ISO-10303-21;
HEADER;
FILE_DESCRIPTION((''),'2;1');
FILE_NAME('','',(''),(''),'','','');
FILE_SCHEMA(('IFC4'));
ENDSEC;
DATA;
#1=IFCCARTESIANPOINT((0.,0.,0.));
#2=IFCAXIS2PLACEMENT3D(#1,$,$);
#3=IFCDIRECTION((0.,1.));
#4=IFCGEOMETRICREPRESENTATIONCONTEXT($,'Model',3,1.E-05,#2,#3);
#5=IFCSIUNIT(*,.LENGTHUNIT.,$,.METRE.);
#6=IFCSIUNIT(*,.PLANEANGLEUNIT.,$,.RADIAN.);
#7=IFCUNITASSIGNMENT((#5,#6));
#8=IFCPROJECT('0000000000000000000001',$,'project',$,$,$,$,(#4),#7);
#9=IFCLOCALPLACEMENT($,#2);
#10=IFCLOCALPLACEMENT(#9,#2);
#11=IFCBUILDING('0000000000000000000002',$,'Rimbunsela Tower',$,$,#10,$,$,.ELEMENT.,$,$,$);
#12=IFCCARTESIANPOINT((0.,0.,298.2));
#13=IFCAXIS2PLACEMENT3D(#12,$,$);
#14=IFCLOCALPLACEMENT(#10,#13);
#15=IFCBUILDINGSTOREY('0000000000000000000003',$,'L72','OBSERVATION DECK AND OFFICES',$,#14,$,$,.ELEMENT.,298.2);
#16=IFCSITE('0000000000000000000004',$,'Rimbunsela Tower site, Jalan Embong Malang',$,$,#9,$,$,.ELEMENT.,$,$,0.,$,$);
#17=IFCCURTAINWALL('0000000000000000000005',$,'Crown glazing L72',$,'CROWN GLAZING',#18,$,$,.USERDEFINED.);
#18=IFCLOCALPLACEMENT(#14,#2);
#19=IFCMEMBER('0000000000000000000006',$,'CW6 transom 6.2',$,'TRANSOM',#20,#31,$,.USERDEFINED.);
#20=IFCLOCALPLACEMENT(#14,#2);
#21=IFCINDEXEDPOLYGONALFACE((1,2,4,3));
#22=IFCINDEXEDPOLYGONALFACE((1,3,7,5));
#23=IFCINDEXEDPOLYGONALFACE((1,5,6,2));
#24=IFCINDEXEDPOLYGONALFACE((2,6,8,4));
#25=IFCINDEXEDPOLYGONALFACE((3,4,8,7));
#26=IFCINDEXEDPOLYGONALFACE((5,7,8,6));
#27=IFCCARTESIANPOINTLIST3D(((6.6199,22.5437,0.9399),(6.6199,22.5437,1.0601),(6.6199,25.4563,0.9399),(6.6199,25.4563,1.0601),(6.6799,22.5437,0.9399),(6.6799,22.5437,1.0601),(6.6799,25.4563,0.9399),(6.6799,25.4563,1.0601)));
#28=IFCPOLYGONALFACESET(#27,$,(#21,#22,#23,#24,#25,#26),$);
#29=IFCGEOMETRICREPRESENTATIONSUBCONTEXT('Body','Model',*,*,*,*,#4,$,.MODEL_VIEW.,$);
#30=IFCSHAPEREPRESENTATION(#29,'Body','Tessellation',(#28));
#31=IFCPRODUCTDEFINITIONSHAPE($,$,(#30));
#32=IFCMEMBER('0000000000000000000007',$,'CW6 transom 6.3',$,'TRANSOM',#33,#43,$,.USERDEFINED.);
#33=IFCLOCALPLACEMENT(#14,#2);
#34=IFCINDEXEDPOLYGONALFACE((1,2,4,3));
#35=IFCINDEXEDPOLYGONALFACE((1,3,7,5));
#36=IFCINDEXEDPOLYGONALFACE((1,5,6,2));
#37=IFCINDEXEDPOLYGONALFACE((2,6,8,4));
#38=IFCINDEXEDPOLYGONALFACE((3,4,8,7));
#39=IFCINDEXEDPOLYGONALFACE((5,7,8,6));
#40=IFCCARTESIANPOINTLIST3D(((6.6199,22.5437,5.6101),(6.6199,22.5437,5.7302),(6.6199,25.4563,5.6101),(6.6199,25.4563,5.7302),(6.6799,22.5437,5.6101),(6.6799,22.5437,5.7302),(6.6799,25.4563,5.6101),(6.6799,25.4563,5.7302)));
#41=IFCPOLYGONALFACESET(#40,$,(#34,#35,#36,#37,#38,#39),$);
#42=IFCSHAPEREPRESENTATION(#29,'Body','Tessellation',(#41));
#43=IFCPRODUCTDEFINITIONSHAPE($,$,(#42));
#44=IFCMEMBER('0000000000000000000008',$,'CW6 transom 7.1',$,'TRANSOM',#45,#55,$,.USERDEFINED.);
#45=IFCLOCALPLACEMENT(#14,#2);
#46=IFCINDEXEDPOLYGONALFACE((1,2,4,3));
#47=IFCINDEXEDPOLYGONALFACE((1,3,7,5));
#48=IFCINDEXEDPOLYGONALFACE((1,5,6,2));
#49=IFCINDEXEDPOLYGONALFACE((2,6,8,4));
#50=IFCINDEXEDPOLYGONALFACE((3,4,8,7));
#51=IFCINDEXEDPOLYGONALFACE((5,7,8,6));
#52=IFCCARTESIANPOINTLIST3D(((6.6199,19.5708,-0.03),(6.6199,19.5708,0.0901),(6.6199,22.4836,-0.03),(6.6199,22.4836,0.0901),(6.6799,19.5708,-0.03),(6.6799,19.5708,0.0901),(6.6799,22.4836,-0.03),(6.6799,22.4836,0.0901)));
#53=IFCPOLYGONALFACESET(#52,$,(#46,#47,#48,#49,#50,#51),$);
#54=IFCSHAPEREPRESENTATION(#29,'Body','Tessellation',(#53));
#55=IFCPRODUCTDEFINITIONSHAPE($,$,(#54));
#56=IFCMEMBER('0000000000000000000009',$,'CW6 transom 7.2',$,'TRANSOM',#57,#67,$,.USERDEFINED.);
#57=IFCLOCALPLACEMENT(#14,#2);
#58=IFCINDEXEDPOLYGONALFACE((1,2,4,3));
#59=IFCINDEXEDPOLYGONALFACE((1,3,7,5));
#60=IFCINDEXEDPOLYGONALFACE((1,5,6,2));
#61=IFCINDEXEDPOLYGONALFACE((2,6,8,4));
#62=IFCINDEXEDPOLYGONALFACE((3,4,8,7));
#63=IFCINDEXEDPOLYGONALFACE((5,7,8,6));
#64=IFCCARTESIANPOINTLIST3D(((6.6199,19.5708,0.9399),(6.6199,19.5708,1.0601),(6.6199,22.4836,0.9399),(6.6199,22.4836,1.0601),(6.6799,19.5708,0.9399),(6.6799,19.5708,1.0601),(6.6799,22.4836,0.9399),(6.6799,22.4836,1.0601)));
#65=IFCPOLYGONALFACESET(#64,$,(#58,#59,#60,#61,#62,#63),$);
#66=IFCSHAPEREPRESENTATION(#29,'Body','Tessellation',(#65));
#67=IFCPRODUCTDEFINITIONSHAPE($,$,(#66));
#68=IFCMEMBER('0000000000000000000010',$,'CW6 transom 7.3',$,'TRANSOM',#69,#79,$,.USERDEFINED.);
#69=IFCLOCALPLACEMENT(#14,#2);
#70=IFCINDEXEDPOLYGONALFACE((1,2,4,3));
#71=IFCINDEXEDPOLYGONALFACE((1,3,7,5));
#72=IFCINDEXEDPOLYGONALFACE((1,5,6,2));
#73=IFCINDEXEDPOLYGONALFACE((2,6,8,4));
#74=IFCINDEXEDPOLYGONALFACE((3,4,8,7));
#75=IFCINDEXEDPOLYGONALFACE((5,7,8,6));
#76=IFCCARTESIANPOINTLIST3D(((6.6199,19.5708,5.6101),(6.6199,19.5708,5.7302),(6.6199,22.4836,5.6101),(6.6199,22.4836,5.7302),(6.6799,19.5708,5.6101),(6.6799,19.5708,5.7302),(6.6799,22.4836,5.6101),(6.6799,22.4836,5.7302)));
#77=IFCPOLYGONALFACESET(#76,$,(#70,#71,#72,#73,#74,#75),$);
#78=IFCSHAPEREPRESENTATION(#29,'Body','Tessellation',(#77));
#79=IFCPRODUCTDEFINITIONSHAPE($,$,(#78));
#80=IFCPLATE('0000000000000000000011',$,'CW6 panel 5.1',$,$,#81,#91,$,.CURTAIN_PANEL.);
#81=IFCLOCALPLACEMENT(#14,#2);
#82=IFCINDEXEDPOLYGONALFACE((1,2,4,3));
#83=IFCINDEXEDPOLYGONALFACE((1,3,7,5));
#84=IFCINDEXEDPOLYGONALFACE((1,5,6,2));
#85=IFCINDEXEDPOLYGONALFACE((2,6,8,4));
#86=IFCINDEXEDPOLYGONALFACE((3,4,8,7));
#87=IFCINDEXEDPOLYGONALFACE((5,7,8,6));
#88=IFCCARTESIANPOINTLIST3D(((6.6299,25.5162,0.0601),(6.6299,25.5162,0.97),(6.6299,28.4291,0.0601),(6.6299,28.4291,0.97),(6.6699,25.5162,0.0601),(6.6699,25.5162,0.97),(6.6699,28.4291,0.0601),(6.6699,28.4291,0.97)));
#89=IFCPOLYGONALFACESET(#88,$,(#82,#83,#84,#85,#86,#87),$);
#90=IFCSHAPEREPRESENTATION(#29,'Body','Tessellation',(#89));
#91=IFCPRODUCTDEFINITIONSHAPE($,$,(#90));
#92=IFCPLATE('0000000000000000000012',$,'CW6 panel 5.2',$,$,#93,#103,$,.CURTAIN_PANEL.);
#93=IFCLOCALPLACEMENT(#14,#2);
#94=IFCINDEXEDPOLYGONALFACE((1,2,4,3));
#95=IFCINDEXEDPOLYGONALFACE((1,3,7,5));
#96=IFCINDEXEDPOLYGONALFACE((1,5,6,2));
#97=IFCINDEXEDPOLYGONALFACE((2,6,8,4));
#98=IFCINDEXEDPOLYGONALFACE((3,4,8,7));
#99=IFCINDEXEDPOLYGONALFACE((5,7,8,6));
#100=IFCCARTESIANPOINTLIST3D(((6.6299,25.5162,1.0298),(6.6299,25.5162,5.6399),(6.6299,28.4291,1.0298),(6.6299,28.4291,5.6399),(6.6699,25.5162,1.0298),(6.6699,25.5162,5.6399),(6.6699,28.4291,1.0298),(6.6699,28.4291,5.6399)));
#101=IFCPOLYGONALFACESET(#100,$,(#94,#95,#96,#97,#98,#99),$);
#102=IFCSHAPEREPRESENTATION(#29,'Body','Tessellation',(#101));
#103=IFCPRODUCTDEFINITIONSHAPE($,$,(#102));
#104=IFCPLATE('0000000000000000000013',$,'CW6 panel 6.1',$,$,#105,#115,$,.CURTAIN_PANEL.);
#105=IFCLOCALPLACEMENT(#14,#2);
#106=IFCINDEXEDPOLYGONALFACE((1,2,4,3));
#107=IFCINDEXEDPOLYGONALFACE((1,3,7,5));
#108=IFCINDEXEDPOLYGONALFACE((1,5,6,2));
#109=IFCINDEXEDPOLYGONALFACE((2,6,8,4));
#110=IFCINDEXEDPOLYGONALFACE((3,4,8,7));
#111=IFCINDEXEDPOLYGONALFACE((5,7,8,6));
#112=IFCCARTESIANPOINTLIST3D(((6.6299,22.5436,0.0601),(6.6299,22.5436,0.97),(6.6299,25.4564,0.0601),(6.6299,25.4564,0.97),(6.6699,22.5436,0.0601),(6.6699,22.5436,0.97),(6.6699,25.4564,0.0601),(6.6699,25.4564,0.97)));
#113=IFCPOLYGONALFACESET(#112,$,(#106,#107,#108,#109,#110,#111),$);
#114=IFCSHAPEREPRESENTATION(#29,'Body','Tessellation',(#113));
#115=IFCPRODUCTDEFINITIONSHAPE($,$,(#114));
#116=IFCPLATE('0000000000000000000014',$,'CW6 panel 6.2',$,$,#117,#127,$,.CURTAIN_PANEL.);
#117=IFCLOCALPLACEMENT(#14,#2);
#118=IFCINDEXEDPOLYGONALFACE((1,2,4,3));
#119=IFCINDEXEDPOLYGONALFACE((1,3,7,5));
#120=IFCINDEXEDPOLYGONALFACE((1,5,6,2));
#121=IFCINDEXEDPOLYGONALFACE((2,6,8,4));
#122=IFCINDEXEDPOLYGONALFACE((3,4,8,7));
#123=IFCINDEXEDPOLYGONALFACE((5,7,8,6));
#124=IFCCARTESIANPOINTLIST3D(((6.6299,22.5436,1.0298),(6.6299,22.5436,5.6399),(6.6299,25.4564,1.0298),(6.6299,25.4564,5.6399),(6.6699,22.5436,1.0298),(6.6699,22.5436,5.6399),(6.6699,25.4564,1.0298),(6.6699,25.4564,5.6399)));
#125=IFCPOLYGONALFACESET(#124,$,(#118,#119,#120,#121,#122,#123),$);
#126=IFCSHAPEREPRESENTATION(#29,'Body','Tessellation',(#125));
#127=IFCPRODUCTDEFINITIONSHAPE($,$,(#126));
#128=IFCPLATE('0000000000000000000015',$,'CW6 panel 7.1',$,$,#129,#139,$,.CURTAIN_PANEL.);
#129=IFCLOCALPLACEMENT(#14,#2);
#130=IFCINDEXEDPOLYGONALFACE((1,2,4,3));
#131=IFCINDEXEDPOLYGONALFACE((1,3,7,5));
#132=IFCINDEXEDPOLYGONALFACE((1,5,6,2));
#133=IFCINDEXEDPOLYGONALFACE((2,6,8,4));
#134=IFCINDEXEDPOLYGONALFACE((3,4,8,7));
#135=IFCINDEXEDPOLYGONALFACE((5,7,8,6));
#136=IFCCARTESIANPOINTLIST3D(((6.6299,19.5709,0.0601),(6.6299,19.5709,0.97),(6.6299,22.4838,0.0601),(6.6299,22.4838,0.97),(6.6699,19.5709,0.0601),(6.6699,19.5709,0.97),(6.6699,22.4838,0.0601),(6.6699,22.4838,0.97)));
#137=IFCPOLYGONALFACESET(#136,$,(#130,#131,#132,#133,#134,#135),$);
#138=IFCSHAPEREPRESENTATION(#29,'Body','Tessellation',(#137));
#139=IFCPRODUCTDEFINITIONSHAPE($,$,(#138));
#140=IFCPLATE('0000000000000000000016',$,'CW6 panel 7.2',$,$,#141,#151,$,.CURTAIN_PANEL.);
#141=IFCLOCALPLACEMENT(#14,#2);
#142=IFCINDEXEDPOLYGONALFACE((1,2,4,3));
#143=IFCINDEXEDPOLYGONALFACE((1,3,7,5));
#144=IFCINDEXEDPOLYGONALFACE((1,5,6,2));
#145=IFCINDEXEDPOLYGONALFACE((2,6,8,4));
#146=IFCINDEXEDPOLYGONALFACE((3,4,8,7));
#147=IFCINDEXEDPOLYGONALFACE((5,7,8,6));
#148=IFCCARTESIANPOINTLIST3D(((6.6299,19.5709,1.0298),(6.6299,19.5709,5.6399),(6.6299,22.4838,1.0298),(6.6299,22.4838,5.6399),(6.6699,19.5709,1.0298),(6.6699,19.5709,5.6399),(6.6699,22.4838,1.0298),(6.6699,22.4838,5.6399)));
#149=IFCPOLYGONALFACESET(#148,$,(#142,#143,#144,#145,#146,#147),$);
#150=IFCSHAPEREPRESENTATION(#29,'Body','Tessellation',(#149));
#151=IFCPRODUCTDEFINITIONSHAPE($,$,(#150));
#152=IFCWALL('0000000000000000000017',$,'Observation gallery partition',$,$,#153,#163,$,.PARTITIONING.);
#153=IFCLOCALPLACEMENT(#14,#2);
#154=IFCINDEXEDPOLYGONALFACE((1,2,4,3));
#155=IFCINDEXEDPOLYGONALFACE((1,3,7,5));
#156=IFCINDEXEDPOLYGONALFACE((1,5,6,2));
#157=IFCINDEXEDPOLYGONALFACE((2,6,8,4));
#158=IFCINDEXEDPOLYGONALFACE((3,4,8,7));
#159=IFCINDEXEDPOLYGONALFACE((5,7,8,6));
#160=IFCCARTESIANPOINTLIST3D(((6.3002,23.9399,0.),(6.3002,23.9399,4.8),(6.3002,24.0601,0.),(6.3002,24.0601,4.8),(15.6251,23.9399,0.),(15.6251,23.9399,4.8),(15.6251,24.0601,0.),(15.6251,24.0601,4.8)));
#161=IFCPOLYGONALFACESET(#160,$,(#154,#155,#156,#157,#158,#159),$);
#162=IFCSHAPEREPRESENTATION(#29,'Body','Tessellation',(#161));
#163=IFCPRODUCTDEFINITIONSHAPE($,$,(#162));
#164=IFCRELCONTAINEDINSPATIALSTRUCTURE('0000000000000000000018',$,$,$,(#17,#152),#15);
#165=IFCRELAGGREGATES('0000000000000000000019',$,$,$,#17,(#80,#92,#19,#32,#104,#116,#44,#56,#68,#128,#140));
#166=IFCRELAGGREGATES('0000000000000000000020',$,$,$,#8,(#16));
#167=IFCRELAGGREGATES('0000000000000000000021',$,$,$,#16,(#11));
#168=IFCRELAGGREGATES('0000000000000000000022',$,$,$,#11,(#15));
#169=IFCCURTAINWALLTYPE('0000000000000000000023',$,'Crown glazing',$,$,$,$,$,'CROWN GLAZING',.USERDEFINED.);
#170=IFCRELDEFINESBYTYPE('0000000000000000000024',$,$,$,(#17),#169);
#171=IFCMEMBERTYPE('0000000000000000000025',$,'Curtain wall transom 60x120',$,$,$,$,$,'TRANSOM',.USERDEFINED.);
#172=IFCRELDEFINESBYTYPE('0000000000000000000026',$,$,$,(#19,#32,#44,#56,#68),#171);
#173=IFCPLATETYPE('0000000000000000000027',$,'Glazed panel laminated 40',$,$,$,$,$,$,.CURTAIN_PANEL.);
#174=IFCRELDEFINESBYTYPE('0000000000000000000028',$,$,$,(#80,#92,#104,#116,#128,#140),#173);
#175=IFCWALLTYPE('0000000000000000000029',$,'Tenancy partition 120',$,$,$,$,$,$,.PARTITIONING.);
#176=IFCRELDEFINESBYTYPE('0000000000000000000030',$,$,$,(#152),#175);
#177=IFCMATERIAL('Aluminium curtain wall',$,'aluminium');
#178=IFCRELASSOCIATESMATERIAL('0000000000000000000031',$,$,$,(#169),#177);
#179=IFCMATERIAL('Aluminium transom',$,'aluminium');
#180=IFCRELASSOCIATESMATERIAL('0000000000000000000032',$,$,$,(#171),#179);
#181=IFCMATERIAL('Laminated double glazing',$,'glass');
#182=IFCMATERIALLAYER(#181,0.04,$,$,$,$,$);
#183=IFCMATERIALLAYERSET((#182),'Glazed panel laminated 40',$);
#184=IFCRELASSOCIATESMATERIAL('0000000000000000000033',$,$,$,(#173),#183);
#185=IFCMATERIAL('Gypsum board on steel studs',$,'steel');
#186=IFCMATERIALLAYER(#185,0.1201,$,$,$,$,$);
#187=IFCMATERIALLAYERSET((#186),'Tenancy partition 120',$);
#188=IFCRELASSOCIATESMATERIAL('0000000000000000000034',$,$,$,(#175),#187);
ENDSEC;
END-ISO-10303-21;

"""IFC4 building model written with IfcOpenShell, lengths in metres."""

from ifc_helpers import new_model, si_unit, direction, frame, frame_2d, origin, origin_2d, place, context, subcontext, project, spatial, rectangle, extrude, material, layer, layer_set, material_profile, profile_set, type_object, element, aggregate, save


model = new_model("IFC4")

# Units and contexts
model_context = context("Model", 3, precision=1e-05, world=origin(), true_north=direction((0.0, 1.0)))
body_context = subcontext(model_context, "Body", "Model", "MODEL_VIEW")
ifc_project = project(units=[si_unit("LENGTHUNIT", "METRE"), si_unit("PLANEANGLEUNIT", "RADIAN")], contexts=[model_context])

# Site, building, storey
site_placement = place(None, origin())
site = spatial("IfcSite", under=ifc_project, at=site_placement, Name="Rimbunsela Tower site, Jalan Embong Malang", CompositionType="ELEMENT", RefElevation=0.0)
building_placement = place(site_placement, origin())
building = spatial("IfcBuilding", under=site, at=building_placement, Name="Rimbunsela Tower", CompositionType="ELEMENT")
storey_placement = place(building_placement, frame((0.0, 0.0, 298.2)))
storey = spatial("IfcBuildingStorey", under=building, at=storey_placement, Name="L72", Description="OBSERVATION DECK AND OFFICES", CompositionType="ELEMENT", Elevation=298.2)

# Curtain wall, members, plates
ifc_material_1 = material(Name="Aluminium curtain wall", Category="aluminium")
curtain_wall_type = type_object("IfcCurtainWallType", Name="Crown glazing", ElementType="CROWN GLAZING", PredefinedType="USERDEFINED", material=ifc_material_1)
curtain_wall_placement = place(storey_placement, origin())
curtain_wall = element("IfcCurtainWall", 1, at=curtain_wall_placement, inside=storey, type_object=curtain_wall_type, Name="Crown glazing L72", ObjectType="CROWN GLAZING", PredefinedType="USERDEFINED")
ifc_material_2 = material(Name="Aluminium transom", Category="aluminium")
ifc_material_profile_1 = material_profile(ifc_material_2, rectangle(XDim=0.0601, YDim=0.1201, at=origin_2d()), Name="Transom 60x120")
ifc_profile_set_1 = profile_set([ifc_material_profile_1], Name="Aluminium transom")
member_type_1 = type_object("IfcMemberType", Name="Curtain wall transom 60x120", ElementType="TRANSOM", PredefinedType="USERDEFINED", material=ifc_profile_set_1)
member_1_placement = place(storey_placement, frame((6.6499, 25.4563, 1.0), z_axis=(0.0, -1.0, 0.0), x_axis=(1.0, 0.0, 0.0)))
member_1 = element("IfcMember", 2, at=member_1_placement, type_object=member_type_1, Name="CW6 transom 6.2", ObjectType="TRANSOM", PredefinedType="USERDEFINED", context=body_context, shape_type="SweptSolid", body=[
    extrude(rectangle(XDim=0.0601, YDim=0.1201, at=origin_2d()), origin(), (0.0, 0.0, 1.0), 2.9126),
])
member_2_placement = place(storey_placement, frame((6.6499, 25.4563, 5.6702), z_axis=(0.0, -1.0, 0.0), x_axis=(1.0, 0.0, 0.0)))
member_2 = element("IfcMember", 3, at=member_2_placement, type_object=member_type_1, Name="CW6 transom 6.3", ObjectType="TRANSOM", PredefinedType="USERDEFINED", context=body_context, shape_type="SweptSolid", body=[
    extrude(rectangle(XDim=0.0601, YDim=0.1201, at=origin_2d()), origin(), (0.0, 0.0, 1.0), 2.9126),
])
member_3_placement = place(storey_placement, frame((6.6499, 22.4836, 0.03), z_axis=(0.0, -1.0, 0.0), x_axis=(1.0, 0.0, 0.0)))
member_3 = element("IfcMember", 4, at=member_3_placement, type_object=member_type_1, Name="CW6 transom 7.1", ObjectType="TRANSOM", PredefinedType="USERDEFINED", context=body_context, shape_type="SweptSolid", body=[
    extrude(rectangle(XDim=0.0601, YDim=0.1201, at=origin_2d()), origin(), (0.0, 0.0, 1.0), 2.9128),
])
member_4_placement = place(storey_placement, frame((6.6499, 22.4836, 1.0), z_axis=(0.0, -1.0, 0.0), x_axis=(1.0, 0.0, 0.0)))
member_4 = element("IfcMember", 5, at=member_4_placement, type_object=member_type_1, Name="CW6 transom 7.2", ObjectType="TRANSOM", PredefinedType="USERDEFINED", context=body_context, shape_type="SweptSolid", body=[
    extrude(rectangle(XDim=0.0601, YDim=0.1201, at=origin_2d()), origin(), (0.0, 0.0, 1.0), 2.9128),
])
member_5_placement = place(storey_placement, frame((6.6499, 22.4836, 5.6702), z_axis=(0.0, -1.0, 0.0), x_axis=(1.0, 0.0, 0.0)))
member_5 = element("IfcMember", 6, at=member_5_placement, type_object=member_type_1, Name="CW6 transom 7.3", ObjectType="TRANSOM", PredefinedType="USERDEFINED", context=body_context, shape_type="SweptSolid", body=[
    extrude(rectangle(XDim=0.0601, YDim=0.1201, at=origin_2d()), origin(), (0.0, 0.0, 1.0), 2.9128),
])
ifc_material_3 = material(Name="Laminated double glazing", Category="glass")
ifc_layer_1 = layer(ifc_material_3, 0.04)
ifc_layer_set_1 = layer_set([ifc_layer_1], Name="Glazed panel laminated 40")
plate_type = type_object("IfcPlateType", Name="Glazed panel laminated 40", PredefinedType="CURTAIN_PANEL", material=ifc_layer_set_1)
plate_1_placement = place(storey_placement, frame((6.6499, 26.9727, 0.0601), z_axis=(0.0, 0.0, 1.0), x_axis=(0.0, -1.0, 0.0)))
plate_1 = element("IfcPlate", 7, at=plate_1_placement, type_object=plate_type, Name="CW6 panel 5.1", PredefinedType="CURTAIN_PANEL", context=body_context, shape_type="SweptSolid", body=[
    extrude(rectangle(XDim=2.9128, YDim=0.04, at=origin_2d()), origin(), (0.0, 0.0, 1.0), 0.9099),
])
plate_2_placement = place(storey_placement, frame((6.6499, 26.9727, 1.0298), z_axis=(0.0, 0.0, 1.0), x_axis=(0.0, -1.0, 0.0)))
plate_2 = element("IfcPlate", 8, at=plate_2_placement, type_object=plate_type, Name="CW6 panel 5.2", PredefinedType="CURTAIN_PANEL", context=body_context, shape_type="SweptSolid", body=[
    extrude(rectangle(XDim=2.9128, YDim=0.04, at=origin_2d()), origin(), (0.0, 0.0, 1.0), 4.6101),
])
plate_3_placement = place(storey_placement, frame((6.6499, 24.0, 0.0601), z_axis=(0.0, 0.0, 1.0), x_axis=(0.0, -1.0, 0.0)))
plate_3 = element("IfcPlate", 9, at=plate_3_placement, type_object=plate_type, Name="CW6 panel 6.1", PredefinedType="CURTAIN_PANEL", context=body_context, shape_type="SweptSolid", body=[
    extrude(rectangle(XDim=2.9128, YDim=0.04, at=origin_2d()), origin(), (0.0, 0.0, 1.0), 0.9099),
])
plate_4_placement = place(storey_placement, frame((6.6499, 24.0, 1.0298), z_axis=(0.0, 0.0, 1.0), x_axis=(0.0, -1.0, 0.0)))
plate_4 = element("IfcPlate", 10, at=plate_4_placement, type_object=plate_type, Name="CW6 panel 6.2", PredefinedType="CURTAIN_PANEL", context=body_context, shape_type="SweptSolid", body=[
    extrude(rectangle(XDim=2.9128, YDim=0.04, at=origin_2d()), origin(), (0.0, 0.0, 1.0), 4.6101),
])
plate_5_placement = place(storey_placement, frame((6.6499, 21.0273, 0.0601), z_axis=(0.0, 0.0, 1.0), x_axis=(0.0, -1.0, 0.0)))
plate_5 = element("IfcPlate", 11, at=plate_5_placement, type_object=plate_type, Name="CW6 panel 7.1", PredefinedType="CURTAIN_PANEL", context=body_context, shape_type="SweptSolid", body=[
    extrude(rectangle(XDim=2.9128, YDim=0.04, at=origin_2d()), origin(), (0.0, 0.0, 1.0), 0.9099),
])
plate_6_placement = place(storey_placement, frame((6.6499, 21.0273, 1.0298), z_axis=(0.0, 0.0, 1.0), x_axis=(0.0, -1.0, 0.0)))
plate_6 = element("IfcPlate", 12, at=plate_6_placement, type_object=plate_type, Name="CW6 panel 7.2", PredefinedType="CURTAIN_PANEL", context=body_context, shape_type="SweptSolid", body=[
    extrude(rectangle(XDim=2.9128, YDim=0.04, at=origin_2d()), origin(), (0.0, 0.0, 1.0), 4.6101),
])
aggregate(curtain_wall, [plate_1, plate_2, member_1, member_2, plate_3, plate_4, member_3, member_4, member_5, plate_5, plate_6])

# Wall
ifc_material_4 = material(Name="Gypsum board on steel studs", Category="steel")
ifc_layer_2 = layer(ifc_material_4, 0.1201)
ifc_layer_set_2 = layer_set([ifc_layer_2], Name="Tenancy partition 120")
wall_type = type_object("IfcWallType", Name="Tenancy partition 120", PredefinedType="PARTITIONING", material=ifc_layer_set_2)
wall_placement = place(storey_placement, frame((6.3, 24.0, 0.0), z_axis=(0.0, 0.0, 1.0), x_axis=(1.0, 0.0, 0.0)))
element("IfcWall", 13, at=wall_placement, inside=storey, type_object=wall_type, Name="Observation gallery partition", PredefinedType="PARTITIONING", context=body_context, shape_type="SweptSolid", body=[
    extrude(rectangle(XDim=9.325, YDim=0.1201, at=frame_2d((4.6626, 0.0))), origin(), (0.0, 0.0, 1.0), 4.8),
])

save(model, "model.ifc")
